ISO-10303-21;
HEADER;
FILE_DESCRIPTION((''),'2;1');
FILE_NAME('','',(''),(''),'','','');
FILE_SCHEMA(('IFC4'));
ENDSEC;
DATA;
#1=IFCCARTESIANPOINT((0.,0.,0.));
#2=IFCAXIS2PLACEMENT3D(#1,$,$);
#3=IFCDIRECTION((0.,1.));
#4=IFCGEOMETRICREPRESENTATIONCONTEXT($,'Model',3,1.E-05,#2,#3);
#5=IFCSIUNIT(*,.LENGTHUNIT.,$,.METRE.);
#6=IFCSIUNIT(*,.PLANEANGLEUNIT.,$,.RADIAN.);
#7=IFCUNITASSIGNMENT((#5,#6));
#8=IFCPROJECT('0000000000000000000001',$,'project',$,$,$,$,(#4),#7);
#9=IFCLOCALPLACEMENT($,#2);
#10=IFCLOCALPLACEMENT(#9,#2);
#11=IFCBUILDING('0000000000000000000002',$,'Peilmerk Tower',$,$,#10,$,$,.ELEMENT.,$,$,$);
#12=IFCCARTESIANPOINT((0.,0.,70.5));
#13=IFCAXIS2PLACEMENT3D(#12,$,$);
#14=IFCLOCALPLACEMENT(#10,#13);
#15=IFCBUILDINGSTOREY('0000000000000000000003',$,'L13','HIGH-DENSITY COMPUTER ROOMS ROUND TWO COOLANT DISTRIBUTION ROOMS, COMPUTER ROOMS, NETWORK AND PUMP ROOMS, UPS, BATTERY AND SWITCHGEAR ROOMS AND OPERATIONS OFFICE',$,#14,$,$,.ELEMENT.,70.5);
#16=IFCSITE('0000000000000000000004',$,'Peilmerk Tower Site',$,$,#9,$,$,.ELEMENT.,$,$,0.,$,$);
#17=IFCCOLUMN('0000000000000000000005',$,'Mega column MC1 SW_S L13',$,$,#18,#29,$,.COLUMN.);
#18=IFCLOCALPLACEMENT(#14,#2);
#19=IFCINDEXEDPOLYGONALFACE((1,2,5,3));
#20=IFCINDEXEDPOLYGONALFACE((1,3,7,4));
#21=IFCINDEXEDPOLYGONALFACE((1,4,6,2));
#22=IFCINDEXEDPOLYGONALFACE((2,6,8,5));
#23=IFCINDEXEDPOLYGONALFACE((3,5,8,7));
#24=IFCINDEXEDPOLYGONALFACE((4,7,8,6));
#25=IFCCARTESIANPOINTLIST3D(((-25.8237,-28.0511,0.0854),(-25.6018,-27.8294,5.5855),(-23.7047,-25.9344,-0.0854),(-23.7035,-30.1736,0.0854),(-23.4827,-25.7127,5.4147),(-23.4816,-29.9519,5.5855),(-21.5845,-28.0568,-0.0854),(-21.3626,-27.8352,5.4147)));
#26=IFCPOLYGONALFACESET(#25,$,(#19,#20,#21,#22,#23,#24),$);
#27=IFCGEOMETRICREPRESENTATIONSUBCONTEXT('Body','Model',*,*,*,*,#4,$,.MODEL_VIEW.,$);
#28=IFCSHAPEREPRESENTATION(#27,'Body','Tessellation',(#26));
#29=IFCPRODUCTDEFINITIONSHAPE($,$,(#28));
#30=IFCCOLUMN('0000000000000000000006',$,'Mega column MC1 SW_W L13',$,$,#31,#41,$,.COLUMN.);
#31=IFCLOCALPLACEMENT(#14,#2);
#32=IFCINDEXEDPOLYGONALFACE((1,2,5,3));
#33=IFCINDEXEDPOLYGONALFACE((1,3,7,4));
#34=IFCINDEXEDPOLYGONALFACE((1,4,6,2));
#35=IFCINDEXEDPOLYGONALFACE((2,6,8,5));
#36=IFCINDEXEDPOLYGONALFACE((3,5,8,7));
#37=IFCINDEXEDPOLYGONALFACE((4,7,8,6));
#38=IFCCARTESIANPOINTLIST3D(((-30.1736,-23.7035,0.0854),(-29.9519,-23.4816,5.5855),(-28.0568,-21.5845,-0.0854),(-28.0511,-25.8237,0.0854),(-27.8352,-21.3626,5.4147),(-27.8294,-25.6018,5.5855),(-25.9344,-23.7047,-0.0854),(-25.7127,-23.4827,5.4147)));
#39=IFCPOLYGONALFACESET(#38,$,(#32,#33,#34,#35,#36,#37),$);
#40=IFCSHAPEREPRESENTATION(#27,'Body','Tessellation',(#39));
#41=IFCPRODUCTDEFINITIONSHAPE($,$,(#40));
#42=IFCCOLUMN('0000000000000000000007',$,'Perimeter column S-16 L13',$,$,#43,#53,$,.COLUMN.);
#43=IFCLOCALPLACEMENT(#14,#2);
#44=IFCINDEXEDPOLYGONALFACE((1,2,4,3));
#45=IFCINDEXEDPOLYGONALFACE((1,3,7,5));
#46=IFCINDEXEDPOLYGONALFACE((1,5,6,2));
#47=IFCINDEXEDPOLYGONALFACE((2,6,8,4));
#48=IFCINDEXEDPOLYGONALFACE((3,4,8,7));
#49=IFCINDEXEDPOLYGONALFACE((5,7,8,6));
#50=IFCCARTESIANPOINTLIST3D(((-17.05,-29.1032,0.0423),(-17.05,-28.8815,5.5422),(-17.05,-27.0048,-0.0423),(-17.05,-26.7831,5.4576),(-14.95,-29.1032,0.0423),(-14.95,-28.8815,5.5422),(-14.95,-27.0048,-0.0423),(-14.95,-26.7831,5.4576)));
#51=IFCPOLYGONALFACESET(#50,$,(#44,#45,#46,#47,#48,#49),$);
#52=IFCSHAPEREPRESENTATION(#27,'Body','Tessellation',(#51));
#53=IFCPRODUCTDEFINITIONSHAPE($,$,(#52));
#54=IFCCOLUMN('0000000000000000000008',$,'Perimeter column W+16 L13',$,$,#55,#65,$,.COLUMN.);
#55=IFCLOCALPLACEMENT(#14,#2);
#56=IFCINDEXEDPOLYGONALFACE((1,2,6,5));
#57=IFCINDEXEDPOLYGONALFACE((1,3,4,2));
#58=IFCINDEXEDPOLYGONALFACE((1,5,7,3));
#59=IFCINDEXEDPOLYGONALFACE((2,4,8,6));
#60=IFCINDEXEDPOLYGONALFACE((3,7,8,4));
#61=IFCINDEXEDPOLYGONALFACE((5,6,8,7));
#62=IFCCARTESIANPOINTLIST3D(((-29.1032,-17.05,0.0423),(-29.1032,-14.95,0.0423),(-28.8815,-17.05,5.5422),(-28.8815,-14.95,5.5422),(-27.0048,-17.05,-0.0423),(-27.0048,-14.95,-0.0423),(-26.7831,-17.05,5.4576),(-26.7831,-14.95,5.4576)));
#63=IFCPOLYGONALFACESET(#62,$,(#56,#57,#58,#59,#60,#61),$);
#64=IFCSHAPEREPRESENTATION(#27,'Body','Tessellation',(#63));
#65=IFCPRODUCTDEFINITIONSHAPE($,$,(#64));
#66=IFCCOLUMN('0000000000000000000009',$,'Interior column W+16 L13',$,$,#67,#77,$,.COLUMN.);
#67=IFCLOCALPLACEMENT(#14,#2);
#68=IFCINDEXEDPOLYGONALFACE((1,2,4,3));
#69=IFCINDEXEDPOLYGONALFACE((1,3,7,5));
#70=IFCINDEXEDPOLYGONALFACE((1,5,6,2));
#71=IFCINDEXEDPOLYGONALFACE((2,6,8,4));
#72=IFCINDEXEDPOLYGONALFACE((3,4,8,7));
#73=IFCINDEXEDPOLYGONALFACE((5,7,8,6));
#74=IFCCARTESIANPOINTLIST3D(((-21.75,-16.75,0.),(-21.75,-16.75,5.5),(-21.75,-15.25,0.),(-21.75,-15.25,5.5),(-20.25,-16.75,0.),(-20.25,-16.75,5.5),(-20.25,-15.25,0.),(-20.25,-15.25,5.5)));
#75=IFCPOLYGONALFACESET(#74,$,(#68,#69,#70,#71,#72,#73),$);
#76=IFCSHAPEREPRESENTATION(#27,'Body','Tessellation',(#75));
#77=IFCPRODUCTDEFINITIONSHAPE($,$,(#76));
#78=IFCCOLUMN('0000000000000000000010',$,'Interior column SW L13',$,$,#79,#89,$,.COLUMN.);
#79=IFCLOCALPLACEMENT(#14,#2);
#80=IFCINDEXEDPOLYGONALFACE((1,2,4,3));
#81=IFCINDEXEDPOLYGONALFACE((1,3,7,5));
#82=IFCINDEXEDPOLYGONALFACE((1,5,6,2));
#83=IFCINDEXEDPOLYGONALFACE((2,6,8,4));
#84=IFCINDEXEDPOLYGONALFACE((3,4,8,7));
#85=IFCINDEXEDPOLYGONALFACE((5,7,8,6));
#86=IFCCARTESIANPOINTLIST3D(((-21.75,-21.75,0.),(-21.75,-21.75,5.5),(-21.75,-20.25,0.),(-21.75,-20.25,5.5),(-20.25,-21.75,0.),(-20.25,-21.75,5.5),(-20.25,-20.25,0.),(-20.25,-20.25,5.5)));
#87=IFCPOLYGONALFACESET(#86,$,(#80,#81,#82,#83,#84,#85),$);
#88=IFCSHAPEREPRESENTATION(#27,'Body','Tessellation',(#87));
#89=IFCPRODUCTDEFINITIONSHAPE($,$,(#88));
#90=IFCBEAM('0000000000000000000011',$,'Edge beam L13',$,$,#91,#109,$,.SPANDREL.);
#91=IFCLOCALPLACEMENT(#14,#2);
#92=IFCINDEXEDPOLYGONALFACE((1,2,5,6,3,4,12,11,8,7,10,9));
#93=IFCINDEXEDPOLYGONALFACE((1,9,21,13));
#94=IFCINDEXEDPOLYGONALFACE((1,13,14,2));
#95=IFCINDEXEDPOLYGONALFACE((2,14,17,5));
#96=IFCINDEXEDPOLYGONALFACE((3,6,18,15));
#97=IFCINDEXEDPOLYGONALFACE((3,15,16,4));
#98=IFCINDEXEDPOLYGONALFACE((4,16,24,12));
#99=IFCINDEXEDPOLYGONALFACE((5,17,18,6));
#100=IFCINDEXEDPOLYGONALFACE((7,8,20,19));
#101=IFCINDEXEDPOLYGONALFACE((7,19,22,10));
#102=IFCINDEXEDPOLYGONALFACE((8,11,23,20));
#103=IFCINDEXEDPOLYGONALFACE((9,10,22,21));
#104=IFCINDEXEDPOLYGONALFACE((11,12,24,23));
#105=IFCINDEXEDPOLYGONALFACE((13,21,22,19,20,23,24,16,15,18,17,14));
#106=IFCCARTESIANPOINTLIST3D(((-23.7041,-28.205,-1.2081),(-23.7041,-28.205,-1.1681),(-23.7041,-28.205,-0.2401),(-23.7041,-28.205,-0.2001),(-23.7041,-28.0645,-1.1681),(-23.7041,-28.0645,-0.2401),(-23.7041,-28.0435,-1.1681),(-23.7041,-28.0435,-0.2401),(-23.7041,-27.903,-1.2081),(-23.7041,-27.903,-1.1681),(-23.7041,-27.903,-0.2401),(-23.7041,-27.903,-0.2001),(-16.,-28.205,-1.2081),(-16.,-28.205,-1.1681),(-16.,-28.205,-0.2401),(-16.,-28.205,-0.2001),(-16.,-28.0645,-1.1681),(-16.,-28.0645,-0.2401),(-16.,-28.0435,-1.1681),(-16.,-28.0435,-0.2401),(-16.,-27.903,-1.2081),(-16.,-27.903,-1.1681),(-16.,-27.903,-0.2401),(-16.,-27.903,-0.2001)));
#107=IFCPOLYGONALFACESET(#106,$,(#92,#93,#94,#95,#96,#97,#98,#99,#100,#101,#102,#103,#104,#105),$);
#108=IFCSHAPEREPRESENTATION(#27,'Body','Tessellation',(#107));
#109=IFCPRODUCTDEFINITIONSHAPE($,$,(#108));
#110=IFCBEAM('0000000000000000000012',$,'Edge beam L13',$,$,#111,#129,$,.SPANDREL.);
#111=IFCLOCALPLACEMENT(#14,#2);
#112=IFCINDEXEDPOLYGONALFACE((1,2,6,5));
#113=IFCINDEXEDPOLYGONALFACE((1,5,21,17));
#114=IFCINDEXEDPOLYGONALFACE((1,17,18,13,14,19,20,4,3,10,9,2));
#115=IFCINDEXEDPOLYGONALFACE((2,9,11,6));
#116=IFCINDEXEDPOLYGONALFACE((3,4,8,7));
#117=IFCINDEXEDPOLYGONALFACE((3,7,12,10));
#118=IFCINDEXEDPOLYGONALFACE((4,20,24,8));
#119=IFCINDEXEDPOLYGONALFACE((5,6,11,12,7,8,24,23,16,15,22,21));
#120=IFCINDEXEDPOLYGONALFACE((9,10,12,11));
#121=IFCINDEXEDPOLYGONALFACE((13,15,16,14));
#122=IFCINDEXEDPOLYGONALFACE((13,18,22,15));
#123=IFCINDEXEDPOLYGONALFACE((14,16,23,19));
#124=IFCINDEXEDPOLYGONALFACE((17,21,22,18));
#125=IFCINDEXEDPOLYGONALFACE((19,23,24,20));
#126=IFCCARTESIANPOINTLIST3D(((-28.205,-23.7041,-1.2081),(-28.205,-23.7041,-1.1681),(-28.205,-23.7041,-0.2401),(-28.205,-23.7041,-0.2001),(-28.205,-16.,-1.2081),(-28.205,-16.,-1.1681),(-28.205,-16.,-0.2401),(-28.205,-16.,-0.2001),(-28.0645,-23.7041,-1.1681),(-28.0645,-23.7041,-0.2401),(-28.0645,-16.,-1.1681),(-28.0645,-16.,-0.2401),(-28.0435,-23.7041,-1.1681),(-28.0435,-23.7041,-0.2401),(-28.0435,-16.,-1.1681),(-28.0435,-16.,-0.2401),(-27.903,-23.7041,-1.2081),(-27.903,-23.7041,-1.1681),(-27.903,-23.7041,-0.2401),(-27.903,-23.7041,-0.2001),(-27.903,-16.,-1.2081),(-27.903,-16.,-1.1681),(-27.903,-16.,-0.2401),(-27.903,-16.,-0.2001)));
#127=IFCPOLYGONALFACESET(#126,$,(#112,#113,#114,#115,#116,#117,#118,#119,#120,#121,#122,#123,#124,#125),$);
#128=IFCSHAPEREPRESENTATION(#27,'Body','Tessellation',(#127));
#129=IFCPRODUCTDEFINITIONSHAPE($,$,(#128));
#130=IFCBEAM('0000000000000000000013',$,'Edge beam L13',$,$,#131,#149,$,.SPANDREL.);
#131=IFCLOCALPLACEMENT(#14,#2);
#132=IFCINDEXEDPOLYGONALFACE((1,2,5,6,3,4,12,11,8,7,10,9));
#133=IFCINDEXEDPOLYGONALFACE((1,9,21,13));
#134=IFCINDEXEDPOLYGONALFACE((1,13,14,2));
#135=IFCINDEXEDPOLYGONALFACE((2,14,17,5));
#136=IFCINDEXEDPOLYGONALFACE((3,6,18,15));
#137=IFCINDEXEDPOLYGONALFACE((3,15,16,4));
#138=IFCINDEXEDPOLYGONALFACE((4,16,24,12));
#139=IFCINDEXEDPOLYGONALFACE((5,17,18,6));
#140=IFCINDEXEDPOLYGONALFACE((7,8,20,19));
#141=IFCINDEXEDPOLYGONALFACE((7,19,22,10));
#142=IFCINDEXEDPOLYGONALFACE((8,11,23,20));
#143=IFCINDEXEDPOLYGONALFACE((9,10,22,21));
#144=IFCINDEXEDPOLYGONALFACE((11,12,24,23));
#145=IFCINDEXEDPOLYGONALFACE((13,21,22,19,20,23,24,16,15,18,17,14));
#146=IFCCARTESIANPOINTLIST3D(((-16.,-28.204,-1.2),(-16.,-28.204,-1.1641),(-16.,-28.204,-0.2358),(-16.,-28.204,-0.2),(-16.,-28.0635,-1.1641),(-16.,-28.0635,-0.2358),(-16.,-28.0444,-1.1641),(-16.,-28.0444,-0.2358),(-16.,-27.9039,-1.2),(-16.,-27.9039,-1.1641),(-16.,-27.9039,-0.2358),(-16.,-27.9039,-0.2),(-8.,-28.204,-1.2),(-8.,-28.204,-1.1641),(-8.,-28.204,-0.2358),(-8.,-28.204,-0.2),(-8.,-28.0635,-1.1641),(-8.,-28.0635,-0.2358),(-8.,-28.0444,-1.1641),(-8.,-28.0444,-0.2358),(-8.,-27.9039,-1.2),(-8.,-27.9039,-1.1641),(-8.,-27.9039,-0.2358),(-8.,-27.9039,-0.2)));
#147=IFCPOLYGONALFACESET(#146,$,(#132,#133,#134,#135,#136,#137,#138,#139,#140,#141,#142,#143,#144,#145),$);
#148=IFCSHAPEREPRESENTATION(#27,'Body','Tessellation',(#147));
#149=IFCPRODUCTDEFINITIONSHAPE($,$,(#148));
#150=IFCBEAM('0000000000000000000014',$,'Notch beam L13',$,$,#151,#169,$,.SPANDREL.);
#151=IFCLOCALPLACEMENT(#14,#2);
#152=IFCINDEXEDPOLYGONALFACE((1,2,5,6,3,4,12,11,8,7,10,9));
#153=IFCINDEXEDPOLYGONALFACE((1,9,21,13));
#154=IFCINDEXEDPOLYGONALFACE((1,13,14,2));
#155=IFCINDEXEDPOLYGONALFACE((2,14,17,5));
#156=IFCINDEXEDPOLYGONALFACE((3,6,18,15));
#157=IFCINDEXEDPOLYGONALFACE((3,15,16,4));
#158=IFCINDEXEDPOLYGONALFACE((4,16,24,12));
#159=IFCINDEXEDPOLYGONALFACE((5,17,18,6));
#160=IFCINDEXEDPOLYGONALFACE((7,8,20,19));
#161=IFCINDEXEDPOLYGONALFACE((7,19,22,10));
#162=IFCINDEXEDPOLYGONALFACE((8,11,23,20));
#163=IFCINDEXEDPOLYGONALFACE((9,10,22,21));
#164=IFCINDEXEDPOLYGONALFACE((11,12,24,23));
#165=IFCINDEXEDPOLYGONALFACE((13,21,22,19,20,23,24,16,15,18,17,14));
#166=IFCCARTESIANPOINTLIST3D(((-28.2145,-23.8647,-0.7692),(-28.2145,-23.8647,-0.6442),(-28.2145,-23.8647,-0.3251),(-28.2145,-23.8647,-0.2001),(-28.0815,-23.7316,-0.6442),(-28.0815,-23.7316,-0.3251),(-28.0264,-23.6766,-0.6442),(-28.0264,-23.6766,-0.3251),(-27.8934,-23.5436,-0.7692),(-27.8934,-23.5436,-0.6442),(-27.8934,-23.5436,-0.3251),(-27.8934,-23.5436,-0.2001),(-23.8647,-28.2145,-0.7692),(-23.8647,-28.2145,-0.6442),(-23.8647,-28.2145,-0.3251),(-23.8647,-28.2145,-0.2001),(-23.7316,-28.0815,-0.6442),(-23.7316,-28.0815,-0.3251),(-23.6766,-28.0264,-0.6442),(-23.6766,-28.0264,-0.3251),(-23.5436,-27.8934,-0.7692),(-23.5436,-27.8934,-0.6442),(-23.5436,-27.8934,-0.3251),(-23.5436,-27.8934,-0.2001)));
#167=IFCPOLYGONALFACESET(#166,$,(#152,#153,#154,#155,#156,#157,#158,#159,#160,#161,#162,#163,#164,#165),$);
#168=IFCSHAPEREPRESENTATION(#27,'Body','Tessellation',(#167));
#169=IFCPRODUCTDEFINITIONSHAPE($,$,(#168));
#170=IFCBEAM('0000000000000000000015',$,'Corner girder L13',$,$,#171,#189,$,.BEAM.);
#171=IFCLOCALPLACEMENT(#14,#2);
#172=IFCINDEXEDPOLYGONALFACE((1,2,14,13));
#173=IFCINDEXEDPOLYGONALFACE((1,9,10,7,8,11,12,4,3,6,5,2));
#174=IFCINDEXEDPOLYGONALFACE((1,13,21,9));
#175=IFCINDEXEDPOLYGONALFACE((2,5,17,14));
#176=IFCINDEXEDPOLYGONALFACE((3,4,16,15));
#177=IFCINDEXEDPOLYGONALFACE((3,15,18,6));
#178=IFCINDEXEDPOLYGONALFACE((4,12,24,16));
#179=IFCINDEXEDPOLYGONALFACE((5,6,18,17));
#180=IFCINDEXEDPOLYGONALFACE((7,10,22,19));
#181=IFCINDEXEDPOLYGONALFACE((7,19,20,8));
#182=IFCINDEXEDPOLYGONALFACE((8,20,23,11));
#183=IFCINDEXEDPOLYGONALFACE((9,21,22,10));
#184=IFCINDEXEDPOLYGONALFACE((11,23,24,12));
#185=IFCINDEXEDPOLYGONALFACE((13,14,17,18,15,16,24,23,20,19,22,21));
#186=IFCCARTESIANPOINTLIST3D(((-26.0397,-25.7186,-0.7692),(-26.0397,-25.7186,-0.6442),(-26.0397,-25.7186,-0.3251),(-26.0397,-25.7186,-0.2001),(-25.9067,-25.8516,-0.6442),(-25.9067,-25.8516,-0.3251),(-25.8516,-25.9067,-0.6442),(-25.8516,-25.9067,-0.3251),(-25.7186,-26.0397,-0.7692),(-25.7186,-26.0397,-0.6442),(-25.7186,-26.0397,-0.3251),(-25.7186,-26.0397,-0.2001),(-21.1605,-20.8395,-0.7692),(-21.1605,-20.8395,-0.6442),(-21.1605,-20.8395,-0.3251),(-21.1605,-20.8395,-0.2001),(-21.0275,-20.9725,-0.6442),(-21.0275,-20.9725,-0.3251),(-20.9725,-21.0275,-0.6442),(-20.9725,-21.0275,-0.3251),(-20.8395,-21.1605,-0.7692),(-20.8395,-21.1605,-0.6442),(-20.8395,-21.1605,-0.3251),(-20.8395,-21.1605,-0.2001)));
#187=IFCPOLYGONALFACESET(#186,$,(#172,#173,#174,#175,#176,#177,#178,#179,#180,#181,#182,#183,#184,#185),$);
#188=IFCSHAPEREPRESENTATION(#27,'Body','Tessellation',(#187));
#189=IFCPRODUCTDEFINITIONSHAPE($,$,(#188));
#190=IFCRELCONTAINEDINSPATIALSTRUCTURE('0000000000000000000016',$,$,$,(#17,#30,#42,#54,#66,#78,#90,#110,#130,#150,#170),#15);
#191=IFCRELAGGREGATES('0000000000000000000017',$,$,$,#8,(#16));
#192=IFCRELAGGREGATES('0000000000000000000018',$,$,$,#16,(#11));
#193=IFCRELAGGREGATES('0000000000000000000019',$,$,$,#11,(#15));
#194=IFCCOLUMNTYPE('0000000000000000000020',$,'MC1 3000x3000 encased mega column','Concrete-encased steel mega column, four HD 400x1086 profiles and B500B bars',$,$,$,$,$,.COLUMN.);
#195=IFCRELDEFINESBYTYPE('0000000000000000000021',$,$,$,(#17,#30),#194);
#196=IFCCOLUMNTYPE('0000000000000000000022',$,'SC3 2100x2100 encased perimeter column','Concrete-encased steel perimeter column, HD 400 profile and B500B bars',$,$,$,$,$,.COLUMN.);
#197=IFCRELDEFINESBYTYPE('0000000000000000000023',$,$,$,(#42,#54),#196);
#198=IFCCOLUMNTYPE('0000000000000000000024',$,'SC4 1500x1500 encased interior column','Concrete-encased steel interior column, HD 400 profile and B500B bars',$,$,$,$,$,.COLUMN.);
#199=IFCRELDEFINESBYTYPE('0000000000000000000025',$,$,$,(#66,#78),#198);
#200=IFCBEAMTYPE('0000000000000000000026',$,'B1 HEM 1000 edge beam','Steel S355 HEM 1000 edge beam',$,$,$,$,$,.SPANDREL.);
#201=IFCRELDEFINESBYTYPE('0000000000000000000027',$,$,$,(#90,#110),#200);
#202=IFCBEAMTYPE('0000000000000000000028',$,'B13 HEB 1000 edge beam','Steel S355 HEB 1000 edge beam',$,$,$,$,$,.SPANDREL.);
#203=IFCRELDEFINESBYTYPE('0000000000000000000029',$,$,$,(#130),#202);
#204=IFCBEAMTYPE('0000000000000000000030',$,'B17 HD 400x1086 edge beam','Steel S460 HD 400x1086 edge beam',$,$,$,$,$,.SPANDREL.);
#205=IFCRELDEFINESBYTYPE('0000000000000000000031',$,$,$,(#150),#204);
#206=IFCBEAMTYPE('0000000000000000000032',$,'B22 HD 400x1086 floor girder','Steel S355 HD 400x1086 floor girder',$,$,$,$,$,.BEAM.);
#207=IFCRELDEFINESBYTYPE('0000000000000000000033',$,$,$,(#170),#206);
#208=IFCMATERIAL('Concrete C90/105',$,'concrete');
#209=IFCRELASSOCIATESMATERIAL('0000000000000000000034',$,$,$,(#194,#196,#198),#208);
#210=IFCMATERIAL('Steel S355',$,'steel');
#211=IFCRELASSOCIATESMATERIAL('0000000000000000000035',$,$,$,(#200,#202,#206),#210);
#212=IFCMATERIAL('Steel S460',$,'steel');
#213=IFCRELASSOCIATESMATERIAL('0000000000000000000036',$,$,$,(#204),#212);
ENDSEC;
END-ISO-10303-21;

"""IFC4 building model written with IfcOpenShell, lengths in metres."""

from ifc_helpers import new_model, si_unit, direction, frame, origin, origin_2d, place, context, subcontext, project, spatial, rectangle, i_section, extrude, material, material_profile, profile_set, type_object, element, save


model = new_model("IFC4")

# Units and contexts
model_context = context("Model", 3, precision=1e-05, world=origin(), true_north=direction((0.0, 1.0)))
body_context = subcontext(model_context, "Body", "Model", "MODEL_VIEW")
ifc_project = project(units=[si_unit("LENGTHUNIT", "METRE"), si_unit("PLANEANGLEUNIT", "RADIAN")], contexts=[model_context])

# Site, building, storey
site_placement = place(None, origin())
site = spatial("IfcSite", under=ifc_project, at=site_placement, Name="Peilmerk Tower Site", CompositionType="ELEMENT", RefElevation=0.0)
building_placement = place(site_placement, origin())
building = spatial("IfcBuilding", under=site, at=building_placement, Name="Peilmerk Tower", CompositionType="ELEMENT")
storey_placement = place(building_placement, frame((0.0, 0.0, 70.5)))
storey = spatial("IfcBuildingStorey", under=building, at=storey_placement, Name="L13", Description="HIGH-DENSITY COMPUTER ROOMS ROUND TWO COOLANT DISTRIBUTION ROOMS, COMPUTER ROOMS, NETWORK AND PUMP ROOMS, UPS, BATTERY AND SWITCHGEAR ROOMS AND OPERATIONS OFFICE", CompositionType="ELEMENT", Elevation=70.5)

# Columns
ifc_material_1 = material(Name="Concrete C90/105", Category="concrete")
ifc_material_profile_1 = material_profile(ifc_material_1, rectangle(XDim=3.0, YDim=3.0, at=origin_2d()), Name="RC 3000x3000")
ifc_profile_set_1 = profile_set([ifc_material_profile_1], Name="Concrete C90/105")
column_type_1 = type_object("IfcColumnType", Name="MC1 3000x3000 encased mega column", Description="Concrete-encased steel mega column, four HD 400x1086 profiles and B500B bars", PredefinedType="COLUMN", material=ifc_profile_set_1)
for number, where, z_axis, x_axis, name in (
    (1, (-23.7041, -28.054, 0.0), (0.040284, 0.04024, 0.998378), (-0.706718, 0.707496, 0.0), "Mega column MC1 SW_S L13"),
    (2, (-28.054, -23.7041, 0.0), (0.04024, 0.040284, 0.998378), (-0.707496, 0.706718, 0.0), "Mega column MC1 SW_W L13"),
):
    element("IfcColumn", number, at=place(storey_placement, frame(where, z_axis=z_axis, x_axis=x_axis)), inside=storey, type_object=column_type_1, Name=name, PredefinedType="COLUMN", context=body_context, shape_type="SweptSolid", body=[
        extrude(rectangle(XDim=3.0, YDim=3.0, at=origin_2d()), origin(), (0.0, 0.0, 1.0), 5.509),
    ])
ifc_material_profile_2 = material_profile(ifc_material_1, rectangle(XDim=2.1001, YDim=2.1001, at=origin_2d()), Name="RC 2100x2100")
ifc_profile_set_2 = profile_set([ifc_material_profile_2], Name="Concrete C90/105")
column_type_2 = type_object("IfcColumnType", Name="SC3 2100x2100 encased perimeter column", Description="Concrete-encased steel perimeter column, HD 400 profile and B500B bars", PredefinedType="COLUMN", material=ifc_profile_set_2)
for number, where, z_axis, x_axis, name in (
    (3, (-16.0, -28.054, 0.0), (0.0, 0.040273, 0.999189), (-1.0, 0.0, 0.0), "Perimeter column S-16 L13"),
    (4, (-28.054, -16.0, 0.0), (0.040273, 0.0, 0.999189), (0.0, 1.0, 0.0), "Perimeter column W+16 L13"),
):
    element("IfcColumn", number, at=place(storey_placement, frame(where, z_axis=z_axis, x_axis=x_axis)), inside=storey, type_object=column_type_2, Name=name, PredefinedType="COLUMN", context=body_context, shape_type="SweptSolid", body=[
        extrude(rectangle(XDim=2.1001, YDim=2.1001, at=origin_2d()), origin(), (0.0, 0.0, 1.0), 5.5044),
    ])
ifc_material_profile_3 = material_profile(ifc_material_1, rectangle(XDim=1.5, YDim=1.5, at=origin_2d()), Name="RC 1500x1500")
ifc_profile_set_3 = profile_set([ifc_material_profile_3], Name="Concrete C90/105")
column_type_3 = type_object("IfcColumnType", Name="SC4 1500x1500 encased interior column", Description="Concrete-encased steel interior column, HD 400 profile and B500B bars", PredefinedType="COLUMN", material=ifc_profile_set_3)
for number, where, z_axis, x_axis, name in (
    (5, (-21.0, -16.0, 0.0), (0.0, 0.0, 1.0), (1.0, 0.0, 0.0), "Interior column W+16 L13"),
    (6, (-21.0, -21.0, 0.0), (0.0, 0.0, 1.0), (1.0, 0.0, 0.0), "Interior column SW L13"),
):
    element("IfcColumn", number, at=place(storey_placement, frame(where, z_axis=z_axis, x_axis=x_axis)), inside=storey, type_object=column_type_3, Name=name, PredefinedType="COLUMN", context=body_context, shape_type="SweptSolid", body=[
        extrude(rectangle(XDim=1.5, YDim=1.5, at=origin_2d()), origin(), (0.0, 0.0, 1.0), 5.5),
    ])

# Beams
ifc_material_2 = material(Name="Steel S355", Category="steel")
ifc_material_profile_4 = material_profile(ifc_material_2, i_section(OverallWidth=0.302, OverallDepth=1.0081, WebThickness=0.021, FlangeThickness=0.04, at=origin_2d()), Name="HEM 1000")
ifc_profile_set_4 = profile_set([ifc_material_profile_4], Name="Steel S355")
beam_type_1 = type_object("IfcBeamType", Name="B1 HEM 1000 edge beam", Description="Steel S355 HEM 1000 edge beam", PredefinedType="SPANDREL", material=ifc_profile_set_4)
for number, where, z_axis, x_axis, name in (
    (7, (-23.7041, -28.054, -0.7041), (1.0, 0.0, 0.0), (0.0, 1.0, 0.0), "Edge beam L13"),
    (8, (-28.054, -16.0, -0.7041), (0.0, -1.0, 0.0), (1.0, 0.0, 0.0), "Edge beam L13"),
):
    element("IfcBeam", number, at=place(storey_placement, frame(where, z_axis=z_axis, x_axis=x_axis)), inside=storey, type_object=beam_type_1, Name=name, PredefinedType="SPANDREL", context=body_context, shape_type="SweptSolid", body=[
        extrude(i_section(OverallWidth=0.302, OverallDepth=1.0081, WebThickness=0.021, FlangeThickness=0.04, at=origin_2d()), origin(), (0.0, 0.0, 1.0), 7.7041),
    ])
ifc_material_profile_5 = material_profile(ifc_material_2, i_section(OverallWidth=0.3, OverallDepth=1.0, WebThickness=0.019, FlangeThickness=0.0359, at=origin_2d()), Name="HEB 1000")
ifc_profile_set_5 = profile_set([ifc_material_profile_5], Name="Steel S355")
beam_type_2 = type_object("IfcBeamType", Name="B13 HEB 1000 edge beam", Description="Steel S355 HEB 1000 edge beam", PredefinedType="SPANDREL", material=ifc_profile_set_5)
beam_1_placement = place(storey_placement, frame((-16.0, -28.054, -0.7), z_axis=(1.0, 0.0, 0.0), x_axis=(0.0, 1.0, 0.0)))
element("IfcBeam", 9, at=beam_1_placement, inside=storey, type_object=beam_type_2, Name="Edge beam L13", PredefinedType="SPANDREL", context=body_context, shape_type="SweptSolid", body=[
    extrude(i_section(OverallWidth=0.3, OverallDepth=1.0, WebThickness=0.019, FlangeThickness=0.0359, at=origin_2d()), origin(), (0.0, 0.0, 1.0), 8.0),
])
ifc_material_3 = material(Name="Steel S460", Category="steel")
ifc_material_profile_6 = material_profile(ifc_material_3, i_section(OverallWidth=0.4541, OverallDepth=0.5691, WebThickness=0.0779, FlangeThickness=0.125, at=origin_2d()), Name="HD 400x1086")
ifc_profile_set_6 = profile_set([ifc_material_profile_6], Name="Steel S460")
beam_type_3 = type_object("IfcBeamType", Name="B17 HD 400x1086 edge beam", Description="Steel S460 HD 400x1086 edge beam", PredefinedType="SPANDREL", material=ifc_profile_set_6)
beam_2_placement = place(storey_placement, frame((-23.7041, -28.054, -0.4846), z_axis=(-0.707107, 0.707107, 0.0), x_axis=(-0.707107, -0.707107, 0.0)))
element("IfcBeam", 10, at=beam_2_placement, inside=storey, type_object=beam_type_3, Name="Notch beam L13", PredefinedType="SPANDREL", context=body_context, shape_type="SweptSolid", body=[
    extrude(i_section(OverallWidth=0.4541, OverallDepth=0.5691, WebThickness=0.0779, FlangeThickness=0.125, at=origin_2d()), origin(), (0.0, 0.0, 1.0), 6.1516),
])
ifc_material_profile_7 = material_profile(ifc_material_2, i_section(OverallWidth=0.4541, OverallDepth=0.5691, WebThickness=0.0779, FlangeThickness=0.125, at=origin_2d()), Name="HD 400x1086")
ifc_profile_set_7 = profile_set([ifc_material_profile_7], Name="Steel S355")
beam_type_4 = type_object("IfcBeamType", Name="B22 HD 400x1086 floor girder", Description="Steel S355 HD 400x1086 floor girder", PredefinedType="BEAM", material=ifc_profile_set_7)
beam_3_placement = place(storey_placement, frame((-21.0, -21.0, -0.4846), z_axis=(-0.707107, -0.707107, 0.0), x_axis=(0.707107, -0.707107, 0.0)))
element("IfcBeam", 11, at=beam_3_placement, inside=storey, type_object=beam_type_4, Name="Corner girder L13", PredefinedType="BEAM", context=body_context, shape_type="SweptSolid", body=[
    extrude(i_section(OverallWidth=0.4541, OverallDepth=0.5691, WebThickness=0.0779, FlangeThickness=0.125, at=origin_2d()), origin(), (0.0, 0.0, 1.0), 6.9001),
])

save(model, "model.ifc")
